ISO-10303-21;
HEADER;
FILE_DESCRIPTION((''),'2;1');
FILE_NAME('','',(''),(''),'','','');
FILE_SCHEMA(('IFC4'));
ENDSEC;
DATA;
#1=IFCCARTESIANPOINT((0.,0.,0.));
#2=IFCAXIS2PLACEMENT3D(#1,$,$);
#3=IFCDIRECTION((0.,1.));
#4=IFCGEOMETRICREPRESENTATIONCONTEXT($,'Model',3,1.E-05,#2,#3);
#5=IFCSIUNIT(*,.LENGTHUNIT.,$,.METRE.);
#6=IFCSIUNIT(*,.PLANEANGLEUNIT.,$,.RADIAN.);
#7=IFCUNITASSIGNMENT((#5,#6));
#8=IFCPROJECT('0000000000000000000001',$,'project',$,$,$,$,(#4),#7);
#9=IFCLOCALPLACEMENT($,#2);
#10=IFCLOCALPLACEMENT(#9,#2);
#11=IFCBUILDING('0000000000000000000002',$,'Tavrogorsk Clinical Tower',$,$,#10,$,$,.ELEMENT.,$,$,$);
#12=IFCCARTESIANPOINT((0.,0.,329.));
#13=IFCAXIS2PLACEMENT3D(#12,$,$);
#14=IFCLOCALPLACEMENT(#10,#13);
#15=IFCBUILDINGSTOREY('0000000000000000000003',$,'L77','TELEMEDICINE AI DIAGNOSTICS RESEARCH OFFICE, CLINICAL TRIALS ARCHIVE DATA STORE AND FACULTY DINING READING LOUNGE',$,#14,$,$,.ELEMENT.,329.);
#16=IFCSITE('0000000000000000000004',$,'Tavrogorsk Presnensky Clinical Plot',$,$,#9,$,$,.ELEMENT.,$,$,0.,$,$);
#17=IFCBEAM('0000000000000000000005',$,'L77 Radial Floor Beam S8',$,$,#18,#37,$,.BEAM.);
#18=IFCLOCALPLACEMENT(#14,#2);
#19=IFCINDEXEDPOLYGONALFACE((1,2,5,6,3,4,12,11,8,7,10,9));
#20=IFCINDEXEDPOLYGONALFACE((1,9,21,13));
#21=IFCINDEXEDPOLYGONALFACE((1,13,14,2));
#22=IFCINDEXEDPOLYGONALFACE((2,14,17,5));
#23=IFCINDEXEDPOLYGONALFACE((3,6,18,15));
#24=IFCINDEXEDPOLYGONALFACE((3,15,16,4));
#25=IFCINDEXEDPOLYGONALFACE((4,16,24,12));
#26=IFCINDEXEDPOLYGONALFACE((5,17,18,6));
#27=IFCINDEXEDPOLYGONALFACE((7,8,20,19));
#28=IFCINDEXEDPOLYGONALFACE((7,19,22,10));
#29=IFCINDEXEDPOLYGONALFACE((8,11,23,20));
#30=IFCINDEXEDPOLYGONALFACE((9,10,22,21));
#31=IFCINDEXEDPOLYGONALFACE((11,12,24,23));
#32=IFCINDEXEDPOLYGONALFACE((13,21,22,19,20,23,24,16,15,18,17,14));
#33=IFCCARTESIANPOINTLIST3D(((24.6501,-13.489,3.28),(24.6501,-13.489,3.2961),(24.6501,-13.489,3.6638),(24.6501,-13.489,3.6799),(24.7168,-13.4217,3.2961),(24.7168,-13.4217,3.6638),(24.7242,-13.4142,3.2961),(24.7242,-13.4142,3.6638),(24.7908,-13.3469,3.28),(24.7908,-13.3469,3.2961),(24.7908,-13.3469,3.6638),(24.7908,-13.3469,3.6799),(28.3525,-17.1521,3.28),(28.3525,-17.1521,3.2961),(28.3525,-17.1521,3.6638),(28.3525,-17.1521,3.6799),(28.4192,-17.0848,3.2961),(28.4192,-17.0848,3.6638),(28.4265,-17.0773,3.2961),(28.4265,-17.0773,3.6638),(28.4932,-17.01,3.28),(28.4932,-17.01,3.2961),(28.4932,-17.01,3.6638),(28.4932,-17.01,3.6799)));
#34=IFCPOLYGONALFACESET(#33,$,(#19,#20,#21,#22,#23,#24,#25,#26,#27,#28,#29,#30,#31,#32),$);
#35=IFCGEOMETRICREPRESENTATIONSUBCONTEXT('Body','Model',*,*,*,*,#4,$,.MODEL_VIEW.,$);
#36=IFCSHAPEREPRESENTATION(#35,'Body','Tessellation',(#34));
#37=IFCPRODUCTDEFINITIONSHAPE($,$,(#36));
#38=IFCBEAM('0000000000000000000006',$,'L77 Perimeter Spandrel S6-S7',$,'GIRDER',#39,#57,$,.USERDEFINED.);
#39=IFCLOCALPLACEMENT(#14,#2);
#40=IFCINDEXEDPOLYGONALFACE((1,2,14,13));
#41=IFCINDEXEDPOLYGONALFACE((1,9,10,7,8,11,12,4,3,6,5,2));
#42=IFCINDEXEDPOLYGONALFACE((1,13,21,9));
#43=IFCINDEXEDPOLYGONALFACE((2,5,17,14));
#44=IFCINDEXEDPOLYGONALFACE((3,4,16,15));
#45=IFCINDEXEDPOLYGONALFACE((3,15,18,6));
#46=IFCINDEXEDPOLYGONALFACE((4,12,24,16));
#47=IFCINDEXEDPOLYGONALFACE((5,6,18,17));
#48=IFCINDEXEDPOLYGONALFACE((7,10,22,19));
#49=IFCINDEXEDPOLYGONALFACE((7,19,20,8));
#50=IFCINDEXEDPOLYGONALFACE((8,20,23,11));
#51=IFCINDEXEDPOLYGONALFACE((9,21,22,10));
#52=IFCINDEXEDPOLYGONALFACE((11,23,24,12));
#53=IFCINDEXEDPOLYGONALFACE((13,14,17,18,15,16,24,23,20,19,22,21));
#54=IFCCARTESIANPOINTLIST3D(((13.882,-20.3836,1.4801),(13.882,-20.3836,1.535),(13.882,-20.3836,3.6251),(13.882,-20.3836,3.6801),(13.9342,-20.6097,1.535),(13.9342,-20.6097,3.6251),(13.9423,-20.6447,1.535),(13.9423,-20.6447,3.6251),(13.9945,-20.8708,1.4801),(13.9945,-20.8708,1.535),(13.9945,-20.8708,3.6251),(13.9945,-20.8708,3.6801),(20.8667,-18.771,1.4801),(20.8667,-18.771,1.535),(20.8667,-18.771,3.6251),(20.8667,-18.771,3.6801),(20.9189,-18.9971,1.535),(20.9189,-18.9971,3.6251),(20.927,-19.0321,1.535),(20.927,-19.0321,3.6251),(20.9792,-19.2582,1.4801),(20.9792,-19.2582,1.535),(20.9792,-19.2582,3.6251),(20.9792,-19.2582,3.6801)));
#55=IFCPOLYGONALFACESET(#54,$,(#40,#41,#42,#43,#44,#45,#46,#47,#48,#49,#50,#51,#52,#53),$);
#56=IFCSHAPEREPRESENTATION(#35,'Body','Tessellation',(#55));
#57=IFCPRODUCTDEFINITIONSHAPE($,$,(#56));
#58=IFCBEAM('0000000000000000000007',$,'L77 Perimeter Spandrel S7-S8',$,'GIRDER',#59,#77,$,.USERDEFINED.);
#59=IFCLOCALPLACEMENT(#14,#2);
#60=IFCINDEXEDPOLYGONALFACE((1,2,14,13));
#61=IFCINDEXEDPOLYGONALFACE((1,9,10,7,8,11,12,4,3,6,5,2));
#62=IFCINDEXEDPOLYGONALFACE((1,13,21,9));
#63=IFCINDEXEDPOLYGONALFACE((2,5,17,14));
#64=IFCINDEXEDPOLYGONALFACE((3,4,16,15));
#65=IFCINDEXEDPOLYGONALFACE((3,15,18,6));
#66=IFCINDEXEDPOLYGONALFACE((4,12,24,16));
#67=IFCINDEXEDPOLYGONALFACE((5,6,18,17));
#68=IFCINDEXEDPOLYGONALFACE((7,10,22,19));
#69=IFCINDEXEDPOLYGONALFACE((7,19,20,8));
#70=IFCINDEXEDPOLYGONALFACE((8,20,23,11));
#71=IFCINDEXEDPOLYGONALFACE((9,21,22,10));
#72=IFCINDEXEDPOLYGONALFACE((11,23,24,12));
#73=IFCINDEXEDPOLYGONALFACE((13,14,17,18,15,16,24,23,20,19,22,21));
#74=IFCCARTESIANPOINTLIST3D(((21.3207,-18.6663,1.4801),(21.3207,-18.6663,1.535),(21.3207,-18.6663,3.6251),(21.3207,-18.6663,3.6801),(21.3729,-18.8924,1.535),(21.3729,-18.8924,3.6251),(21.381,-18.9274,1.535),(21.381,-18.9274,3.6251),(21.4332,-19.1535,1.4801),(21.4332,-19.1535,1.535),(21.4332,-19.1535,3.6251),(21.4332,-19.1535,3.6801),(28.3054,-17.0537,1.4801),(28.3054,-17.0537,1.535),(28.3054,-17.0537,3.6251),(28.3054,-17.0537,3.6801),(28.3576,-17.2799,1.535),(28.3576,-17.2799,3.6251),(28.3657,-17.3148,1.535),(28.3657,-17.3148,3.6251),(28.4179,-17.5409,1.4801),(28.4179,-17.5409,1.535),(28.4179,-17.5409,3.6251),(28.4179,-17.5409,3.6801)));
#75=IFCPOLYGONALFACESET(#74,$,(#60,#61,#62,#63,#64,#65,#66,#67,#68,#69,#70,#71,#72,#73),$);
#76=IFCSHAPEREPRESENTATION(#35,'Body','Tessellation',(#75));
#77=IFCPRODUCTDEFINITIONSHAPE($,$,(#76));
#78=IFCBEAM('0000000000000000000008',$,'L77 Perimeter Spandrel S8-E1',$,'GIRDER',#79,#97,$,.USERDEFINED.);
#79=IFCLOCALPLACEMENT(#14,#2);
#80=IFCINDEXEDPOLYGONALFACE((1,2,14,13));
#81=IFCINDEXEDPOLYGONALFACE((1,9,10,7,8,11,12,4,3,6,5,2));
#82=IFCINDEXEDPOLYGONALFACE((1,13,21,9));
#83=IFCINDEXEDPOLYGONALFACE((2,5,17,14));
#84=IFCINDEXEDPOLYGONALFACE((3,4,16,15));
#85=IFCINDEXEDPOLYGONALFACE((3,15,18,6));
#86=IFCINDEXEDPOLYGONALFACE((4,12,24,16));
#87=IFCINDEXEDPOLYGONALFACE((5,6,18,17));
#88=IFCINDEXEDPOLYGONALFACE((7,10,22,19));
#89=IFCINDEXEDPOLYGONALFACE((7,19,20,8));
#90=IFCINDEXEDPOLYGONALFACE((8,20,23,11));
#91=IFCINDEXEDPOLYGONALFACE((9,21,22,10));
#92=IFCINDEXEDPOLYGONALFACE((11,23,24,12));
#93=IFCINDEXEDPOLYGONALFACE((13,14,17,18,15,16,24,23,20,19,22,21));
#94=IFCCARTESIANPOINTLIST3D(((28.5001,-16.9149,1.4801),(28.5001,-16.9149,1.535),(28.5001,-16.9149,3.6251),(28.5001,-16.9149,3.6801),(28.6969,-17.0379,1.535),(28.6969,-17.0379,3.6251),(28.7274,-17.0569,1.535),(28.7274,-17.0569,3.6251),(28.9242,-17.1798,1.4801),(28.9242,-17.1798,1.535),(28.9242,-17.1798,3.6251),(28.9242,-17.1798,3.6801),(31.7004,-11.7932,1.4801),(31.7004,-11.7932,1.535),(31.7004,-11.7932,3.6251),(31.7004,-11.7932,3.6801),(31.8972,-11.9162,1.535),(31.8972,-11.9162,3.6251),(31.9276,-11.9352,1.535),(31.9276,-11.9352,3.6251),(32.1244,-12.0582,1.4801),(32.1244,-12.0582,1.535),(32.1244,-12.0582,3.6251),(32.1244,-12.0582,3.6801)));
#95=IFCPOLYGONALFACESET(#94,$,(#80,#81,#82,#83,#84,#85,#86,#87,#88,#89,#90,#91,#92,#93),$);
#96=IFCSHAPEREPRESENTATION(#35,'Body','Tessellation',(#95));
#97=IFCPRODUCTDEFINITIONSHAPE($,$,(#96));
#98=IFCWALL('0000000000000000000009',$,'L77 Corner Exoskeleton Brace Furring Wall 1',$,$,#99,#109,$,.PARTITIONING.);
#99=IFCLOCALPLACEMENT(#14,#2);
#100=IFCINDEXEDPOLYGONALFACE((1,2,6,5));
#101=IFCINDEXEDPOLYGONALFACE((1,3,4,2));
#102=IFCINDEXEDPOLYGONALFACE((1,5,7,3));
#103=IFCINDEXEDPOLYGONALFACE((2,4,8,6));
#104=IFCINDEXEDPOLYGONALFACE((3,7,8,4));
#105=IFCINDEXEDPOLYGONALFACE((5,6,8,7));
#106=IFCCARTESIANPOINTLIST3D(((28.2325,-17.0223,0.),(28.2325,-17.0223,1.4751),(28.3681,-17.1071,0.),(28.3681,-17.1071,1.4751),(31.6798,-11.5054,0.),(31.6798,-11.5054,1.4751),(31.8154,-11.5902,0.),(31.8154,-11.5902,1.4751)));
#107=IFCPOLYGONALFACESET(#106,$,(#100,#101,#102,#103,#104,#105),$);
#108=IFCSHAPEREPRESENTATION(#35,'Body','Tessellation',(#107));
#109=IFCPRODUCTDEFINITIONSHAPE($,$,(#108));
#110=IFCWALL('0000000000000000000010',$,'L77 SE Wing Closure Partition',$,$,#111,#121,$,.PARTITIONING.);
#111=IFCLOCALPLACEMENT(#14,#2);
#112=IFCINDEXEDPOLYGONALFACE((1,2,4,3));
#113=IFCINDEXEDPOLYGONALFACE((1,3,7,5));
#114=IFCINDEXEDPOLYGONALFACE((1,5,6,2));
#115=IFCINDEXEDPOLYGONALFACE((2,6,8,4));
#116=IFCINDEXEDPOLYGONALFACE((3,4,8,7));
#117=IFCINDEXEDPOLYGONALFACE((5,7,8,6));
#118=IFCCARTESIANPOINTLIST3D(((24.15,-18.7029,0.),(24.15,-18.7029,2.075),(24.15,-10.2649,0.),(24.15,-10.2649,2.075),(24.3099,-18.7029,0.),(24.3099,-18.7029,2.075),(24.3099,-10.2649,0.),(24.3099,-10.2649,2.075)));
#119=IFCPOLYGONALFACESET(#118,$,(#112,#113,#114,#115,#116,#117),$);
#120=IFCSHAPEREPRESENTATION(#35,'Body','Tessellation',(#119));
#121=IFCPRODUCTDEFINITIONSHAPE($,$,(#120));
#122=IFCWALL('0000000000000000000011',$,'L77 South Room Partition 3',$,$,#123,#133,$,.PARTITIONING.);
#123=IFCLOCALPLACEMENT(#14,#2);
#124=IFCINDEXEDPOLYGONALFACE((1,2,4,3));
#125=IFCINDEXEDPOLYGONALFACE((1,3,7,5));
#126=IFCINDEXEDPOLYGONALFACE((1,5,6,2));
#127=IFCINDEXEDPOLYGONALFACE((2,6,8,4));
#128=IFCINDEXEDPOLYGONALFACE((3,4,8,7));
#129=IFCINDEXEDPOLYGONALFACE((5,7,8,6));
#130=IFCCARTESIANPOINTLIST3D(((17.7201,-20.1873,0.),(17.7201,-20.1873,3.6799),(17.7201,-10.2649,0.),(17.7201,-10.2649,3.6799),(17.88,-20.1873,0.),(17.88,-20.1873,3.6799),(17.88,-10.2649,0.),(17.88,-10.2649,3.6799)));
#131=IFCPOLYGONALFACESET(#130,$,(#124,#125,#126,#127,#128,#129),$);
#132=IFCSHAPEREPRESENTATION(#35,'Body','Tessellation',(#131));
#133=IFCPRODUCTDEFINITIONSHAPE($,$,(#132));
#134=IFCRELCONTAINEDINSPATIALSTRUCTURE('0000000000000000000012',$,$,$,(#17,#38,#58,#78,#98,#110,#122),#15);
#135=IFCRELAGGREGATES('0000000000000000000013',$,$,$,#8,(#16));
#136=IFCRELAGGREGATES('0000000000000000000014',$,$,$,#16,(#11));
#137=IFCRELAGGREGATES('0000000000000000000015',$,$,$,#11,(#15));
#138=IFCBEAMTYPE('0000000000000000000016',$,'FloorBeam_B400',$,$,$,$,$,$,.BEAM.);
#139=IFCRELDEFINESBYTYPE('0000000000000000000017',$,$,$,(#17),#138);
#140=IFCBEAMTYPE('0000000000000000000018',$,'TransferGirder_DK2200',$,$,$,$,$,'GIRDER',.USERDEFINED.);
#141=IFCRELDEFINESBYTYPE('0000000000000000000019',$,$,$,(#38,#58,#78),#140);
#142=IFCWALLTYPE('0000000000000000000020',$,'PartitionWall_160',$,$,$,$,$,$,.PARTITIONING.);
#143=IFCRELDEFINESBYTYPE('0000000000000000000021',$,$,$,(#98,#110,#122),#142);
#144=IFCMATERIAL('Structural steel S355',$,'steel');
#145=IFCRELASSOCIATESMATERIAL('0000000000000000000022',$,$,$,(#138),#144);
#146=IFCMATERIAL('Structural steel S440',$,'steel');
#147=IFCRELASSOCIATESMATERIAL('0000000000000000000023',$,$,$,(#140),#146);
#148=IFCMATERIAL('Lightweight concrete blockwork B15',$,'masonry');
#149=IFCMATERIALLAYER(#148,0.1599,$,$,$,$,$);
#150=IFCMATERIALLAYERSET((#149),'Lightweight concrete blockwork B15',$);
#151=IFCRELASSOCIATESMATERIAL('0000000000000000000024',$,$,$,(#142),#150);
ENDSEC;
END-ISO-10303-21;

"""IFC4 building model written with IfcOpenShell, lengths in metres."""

from ifc_helpers import new_model, si_unit, direction, frame, frame_2d, origin, origin_2d, place, context, subcontext, project, spatial, rectangle, i_section, extrude, material, layer, layer_set, material_profile, profile_set, type_object, element, save


model = new_model("IFC4")

# Units and contexts
model_context = context("Model", 3, precision=1e-05, world=origin(), true_north=direction((0.0, 1.0)))
body_context = subcontext(model_context, "Body", "Model", "MODEL_VIEW")
ifc_project = project(units=[si_unit("LENGTHUNIT", "METRE"), si_unit("PLANEANGLEUNIT", "RADIAN")], contexts=[model_context])

# Site, building, storey
site_placement = place(None, origin())
site = spatial("IfcSite", under=ifc_project, at=site_placement, Name="Tavrogorsk Presnensky Clinical Plot", CompositionType="ELEMENT", RefElevation=0.0)
building_placement = place(site_placement, origin())
building = spatial("IfcBuilding", under=site, at=building_placement, Name="Tavrogorsk Clinical Tower", CompositionType="ELEMENT")
storey_placement = place(building_placement, frame((0.0, 0.0, 329.0)))
storey = spatial("IfcBuildingStorey", under=building, at=storey_placement, Name="L77", Description="TELEMEDICINE AI DIAGNOSTICS RESEARCH OFFICE, CLINICAL TRIALS ARCHIVE DATA STORE AND FACULTY DINING READING LOUNGE", CompositionType="ELEMENT", Elevation=329.0)

# Beams
ifc_material_1 = material(Name="Structural steel S355", Category="steel")
ifc_material_profile_1 = material_profile(ifc_material_1, i_section(OverallWidth=0.2, OverallDepth=0.3999, WebThickness=0.0105, FlangeThickness=0.0161, at=origin_2d()), Name="B-400x200x10.5x16")
ifc_profile_set_1 = profile_set([ifc_material_profile_1], Name="Structural steel S355")
beam_type_1 = type_object("IfcBeamType", Name="FloorBeam_B400", PredefinedType="BEAM", material=ifc_profile_set_1)
beam_1_placement = place(storey_placement, frame((24.7205, -13.418, 3.48), z_axis=(0.71087, -0.703323, 0.0), x_axis=(0.703323, 0.71087, 0.0)))
element("IfcBeam", 1, at=beam_1_placement, inside=storey, type_object=beam_type_1, Name="L77 Radial Floor Beam S8", PredefinedType="BEAM", context=body_context, shape_type="SweptSolid", body=[
    extrude(i_section(OverallWidth=0.2, OverallDepth=0.3999, WebThickness=0.0105, FlangeThickness=0.0161, at=origin_2d()), origin(), (0.0, 0.0, 1.0), 5.2083),
])
ifc_material_2 = material(Name="Structural steel S440", Category="steel")
ifc_material_profile_2 = material_profile(ifc_material_2, i_section(OverallWidth=0.5, OverallDepth=2.2, WebThickness=0.0359, FlangeThickness=0.0549, at=origin_2d()), Name="DK-2200x500x36x55")
ifc_profile_set_2 = profile_set([ifc_material_profile_2], Name="Structural steel S440")
beam_type_2 = type_object("IfcBeamType", Name="TransferGirder_DK2200", ElementType="GIRDER", PredefinedType="USERDEFINED", material=ifc_profile_set_2)
for number, where, z_axis, x_axis, name in (
    (2, (13.9382, -20.6272, 2.5801), (0.974369, 0.224954, 0.0), (-0.224954, 0.974369, 0.0), "L77 Perimeter Spandrel S6-S7"),
    (3, (21.377, -18.9099, 2.5801), (0.974369, 0.224954, 0.0), (-0.224954, 0.974369, 0.0), "L77 Perimeter Spandrel S7-S8"),
):
    element("IfcBeam", number, at=place(storey_placement, frame(where, z_axis=z_axis, x_axis=x_axis)), inside=storey, type_object=beam_type_2, Name=name, ObjectType="GIRDER", PredefinedType="USERDEFINED", context=body_context, shape_type="SweptSolid", body=[
        extrude(i_section(OverallWidth=0.5, OverallDepth=2.2, WebThickness=0.0359, FlangeThickness=0.0549, at=origin_2d()), origin(), (0.0, 0.0, 1.0), 7.1685),
    ])
beam_2_placement = place(storey_placement, frame((28.7122, -17.0474, 2.5801), z_axis=(0.529904, 0.848057, 0.0), x_axis=(-0.848057, 0.529904, 0.0)))
element("IfcBeam", 4, at=beam_2_placement, inside=storey, type_object=beam_type_2, Name="L77 Perimeter Spandrel S8-E1", ObjectType="GIRDER", PredefinedType="USERDEFINED", context=body_context, shape_type="SweptSolid", body=[
    extrude(i_section(OverallWidth=0.5, OverallDepth=2.2, WebThickness=0.0359, FlangeThickness=0.0549, at=origin_2d()), origin(), (0.0, 0.0, 1.0), 6.0393),
])

# Walls
ifc_material_3 = material(Name="Lightweight concrete blockwork B15", Category="masonry")
ifc_layer_1 = layer(ifc_material_3, 0.1599)
ifc_layer_set_1 = layer_set([ifc_layer_1], Name="Lightweight concrete blockwork B15")
wall_type_1 = type_object("IfcWallType", Name="PartitionWall_160", PredefinedType="PARTITIONING", material=ifc_layer_set_1)
wall_1_placement = place(storey_placement, frame((28.3003, -17.0647, 0.0), z_axis=(0.0, 0.0, 1.0), x_axis=(0.529915, 0.848051, 0.0)))
element("IfcWall", 5, at=wall_1_placement, inside=storey, type_object=wall_type_1, Name="L77 Corner Exoskeleton Brace Furring Wall 1", PredefinedType="PARTITIONING", context=body_context, shape_type="SweptSolid", body=[
    extrude(rectangle(XDim=6.5054, YDim=0.1599, at=frame_2d((3.2527, 0.0))), origin(), (0.0, 0.0, 1.0), 1.4751),
])
wall_2_placement = place(storey_placement, frame((24.23, -18.7029, 0.0), z_axis=(0.0, 0.0, 1.0), x_axis=(0.0, 1.0, 0.0)))
element("IfcWall", 6, at=wall_2_placement, inside=storey, type_object=wall_type_1, Name="L77 SE Wing Closure Partition", PredefinedType="PARTITIONING", context=body_context, shape_type="SweptSolid", body=[
    extrude(rectangle(XDim=8.438, YDim=0.1599, at=frame_2d((4.219, 0.0))), origin(), (0.0, 0.0, 1.0), 2.075),
])
wall_3_placement = place(storey_placement, frame((17.8, -20.1873, 0.0), z_axis=(0.0, 0.0, 1.0), x_axis=(0.0, 1.0, 0.0)))
element("IfcWall", 7, at=wall_3_placement, inside=storey, type_object=wall_type_1, Name="L77 South Room Partition 3", PredefinedType="PARTITIONING", context=body_context, shape_type="SweptSolid", body=[
    extrude(rectangle(XDim=9.9224, YDim=0.1599, at=frame_2d((4.9612, 0.0))), origin(), (0.0, 0.0, 1.0), 3.6799),
])

save(model, "model.ifc")
